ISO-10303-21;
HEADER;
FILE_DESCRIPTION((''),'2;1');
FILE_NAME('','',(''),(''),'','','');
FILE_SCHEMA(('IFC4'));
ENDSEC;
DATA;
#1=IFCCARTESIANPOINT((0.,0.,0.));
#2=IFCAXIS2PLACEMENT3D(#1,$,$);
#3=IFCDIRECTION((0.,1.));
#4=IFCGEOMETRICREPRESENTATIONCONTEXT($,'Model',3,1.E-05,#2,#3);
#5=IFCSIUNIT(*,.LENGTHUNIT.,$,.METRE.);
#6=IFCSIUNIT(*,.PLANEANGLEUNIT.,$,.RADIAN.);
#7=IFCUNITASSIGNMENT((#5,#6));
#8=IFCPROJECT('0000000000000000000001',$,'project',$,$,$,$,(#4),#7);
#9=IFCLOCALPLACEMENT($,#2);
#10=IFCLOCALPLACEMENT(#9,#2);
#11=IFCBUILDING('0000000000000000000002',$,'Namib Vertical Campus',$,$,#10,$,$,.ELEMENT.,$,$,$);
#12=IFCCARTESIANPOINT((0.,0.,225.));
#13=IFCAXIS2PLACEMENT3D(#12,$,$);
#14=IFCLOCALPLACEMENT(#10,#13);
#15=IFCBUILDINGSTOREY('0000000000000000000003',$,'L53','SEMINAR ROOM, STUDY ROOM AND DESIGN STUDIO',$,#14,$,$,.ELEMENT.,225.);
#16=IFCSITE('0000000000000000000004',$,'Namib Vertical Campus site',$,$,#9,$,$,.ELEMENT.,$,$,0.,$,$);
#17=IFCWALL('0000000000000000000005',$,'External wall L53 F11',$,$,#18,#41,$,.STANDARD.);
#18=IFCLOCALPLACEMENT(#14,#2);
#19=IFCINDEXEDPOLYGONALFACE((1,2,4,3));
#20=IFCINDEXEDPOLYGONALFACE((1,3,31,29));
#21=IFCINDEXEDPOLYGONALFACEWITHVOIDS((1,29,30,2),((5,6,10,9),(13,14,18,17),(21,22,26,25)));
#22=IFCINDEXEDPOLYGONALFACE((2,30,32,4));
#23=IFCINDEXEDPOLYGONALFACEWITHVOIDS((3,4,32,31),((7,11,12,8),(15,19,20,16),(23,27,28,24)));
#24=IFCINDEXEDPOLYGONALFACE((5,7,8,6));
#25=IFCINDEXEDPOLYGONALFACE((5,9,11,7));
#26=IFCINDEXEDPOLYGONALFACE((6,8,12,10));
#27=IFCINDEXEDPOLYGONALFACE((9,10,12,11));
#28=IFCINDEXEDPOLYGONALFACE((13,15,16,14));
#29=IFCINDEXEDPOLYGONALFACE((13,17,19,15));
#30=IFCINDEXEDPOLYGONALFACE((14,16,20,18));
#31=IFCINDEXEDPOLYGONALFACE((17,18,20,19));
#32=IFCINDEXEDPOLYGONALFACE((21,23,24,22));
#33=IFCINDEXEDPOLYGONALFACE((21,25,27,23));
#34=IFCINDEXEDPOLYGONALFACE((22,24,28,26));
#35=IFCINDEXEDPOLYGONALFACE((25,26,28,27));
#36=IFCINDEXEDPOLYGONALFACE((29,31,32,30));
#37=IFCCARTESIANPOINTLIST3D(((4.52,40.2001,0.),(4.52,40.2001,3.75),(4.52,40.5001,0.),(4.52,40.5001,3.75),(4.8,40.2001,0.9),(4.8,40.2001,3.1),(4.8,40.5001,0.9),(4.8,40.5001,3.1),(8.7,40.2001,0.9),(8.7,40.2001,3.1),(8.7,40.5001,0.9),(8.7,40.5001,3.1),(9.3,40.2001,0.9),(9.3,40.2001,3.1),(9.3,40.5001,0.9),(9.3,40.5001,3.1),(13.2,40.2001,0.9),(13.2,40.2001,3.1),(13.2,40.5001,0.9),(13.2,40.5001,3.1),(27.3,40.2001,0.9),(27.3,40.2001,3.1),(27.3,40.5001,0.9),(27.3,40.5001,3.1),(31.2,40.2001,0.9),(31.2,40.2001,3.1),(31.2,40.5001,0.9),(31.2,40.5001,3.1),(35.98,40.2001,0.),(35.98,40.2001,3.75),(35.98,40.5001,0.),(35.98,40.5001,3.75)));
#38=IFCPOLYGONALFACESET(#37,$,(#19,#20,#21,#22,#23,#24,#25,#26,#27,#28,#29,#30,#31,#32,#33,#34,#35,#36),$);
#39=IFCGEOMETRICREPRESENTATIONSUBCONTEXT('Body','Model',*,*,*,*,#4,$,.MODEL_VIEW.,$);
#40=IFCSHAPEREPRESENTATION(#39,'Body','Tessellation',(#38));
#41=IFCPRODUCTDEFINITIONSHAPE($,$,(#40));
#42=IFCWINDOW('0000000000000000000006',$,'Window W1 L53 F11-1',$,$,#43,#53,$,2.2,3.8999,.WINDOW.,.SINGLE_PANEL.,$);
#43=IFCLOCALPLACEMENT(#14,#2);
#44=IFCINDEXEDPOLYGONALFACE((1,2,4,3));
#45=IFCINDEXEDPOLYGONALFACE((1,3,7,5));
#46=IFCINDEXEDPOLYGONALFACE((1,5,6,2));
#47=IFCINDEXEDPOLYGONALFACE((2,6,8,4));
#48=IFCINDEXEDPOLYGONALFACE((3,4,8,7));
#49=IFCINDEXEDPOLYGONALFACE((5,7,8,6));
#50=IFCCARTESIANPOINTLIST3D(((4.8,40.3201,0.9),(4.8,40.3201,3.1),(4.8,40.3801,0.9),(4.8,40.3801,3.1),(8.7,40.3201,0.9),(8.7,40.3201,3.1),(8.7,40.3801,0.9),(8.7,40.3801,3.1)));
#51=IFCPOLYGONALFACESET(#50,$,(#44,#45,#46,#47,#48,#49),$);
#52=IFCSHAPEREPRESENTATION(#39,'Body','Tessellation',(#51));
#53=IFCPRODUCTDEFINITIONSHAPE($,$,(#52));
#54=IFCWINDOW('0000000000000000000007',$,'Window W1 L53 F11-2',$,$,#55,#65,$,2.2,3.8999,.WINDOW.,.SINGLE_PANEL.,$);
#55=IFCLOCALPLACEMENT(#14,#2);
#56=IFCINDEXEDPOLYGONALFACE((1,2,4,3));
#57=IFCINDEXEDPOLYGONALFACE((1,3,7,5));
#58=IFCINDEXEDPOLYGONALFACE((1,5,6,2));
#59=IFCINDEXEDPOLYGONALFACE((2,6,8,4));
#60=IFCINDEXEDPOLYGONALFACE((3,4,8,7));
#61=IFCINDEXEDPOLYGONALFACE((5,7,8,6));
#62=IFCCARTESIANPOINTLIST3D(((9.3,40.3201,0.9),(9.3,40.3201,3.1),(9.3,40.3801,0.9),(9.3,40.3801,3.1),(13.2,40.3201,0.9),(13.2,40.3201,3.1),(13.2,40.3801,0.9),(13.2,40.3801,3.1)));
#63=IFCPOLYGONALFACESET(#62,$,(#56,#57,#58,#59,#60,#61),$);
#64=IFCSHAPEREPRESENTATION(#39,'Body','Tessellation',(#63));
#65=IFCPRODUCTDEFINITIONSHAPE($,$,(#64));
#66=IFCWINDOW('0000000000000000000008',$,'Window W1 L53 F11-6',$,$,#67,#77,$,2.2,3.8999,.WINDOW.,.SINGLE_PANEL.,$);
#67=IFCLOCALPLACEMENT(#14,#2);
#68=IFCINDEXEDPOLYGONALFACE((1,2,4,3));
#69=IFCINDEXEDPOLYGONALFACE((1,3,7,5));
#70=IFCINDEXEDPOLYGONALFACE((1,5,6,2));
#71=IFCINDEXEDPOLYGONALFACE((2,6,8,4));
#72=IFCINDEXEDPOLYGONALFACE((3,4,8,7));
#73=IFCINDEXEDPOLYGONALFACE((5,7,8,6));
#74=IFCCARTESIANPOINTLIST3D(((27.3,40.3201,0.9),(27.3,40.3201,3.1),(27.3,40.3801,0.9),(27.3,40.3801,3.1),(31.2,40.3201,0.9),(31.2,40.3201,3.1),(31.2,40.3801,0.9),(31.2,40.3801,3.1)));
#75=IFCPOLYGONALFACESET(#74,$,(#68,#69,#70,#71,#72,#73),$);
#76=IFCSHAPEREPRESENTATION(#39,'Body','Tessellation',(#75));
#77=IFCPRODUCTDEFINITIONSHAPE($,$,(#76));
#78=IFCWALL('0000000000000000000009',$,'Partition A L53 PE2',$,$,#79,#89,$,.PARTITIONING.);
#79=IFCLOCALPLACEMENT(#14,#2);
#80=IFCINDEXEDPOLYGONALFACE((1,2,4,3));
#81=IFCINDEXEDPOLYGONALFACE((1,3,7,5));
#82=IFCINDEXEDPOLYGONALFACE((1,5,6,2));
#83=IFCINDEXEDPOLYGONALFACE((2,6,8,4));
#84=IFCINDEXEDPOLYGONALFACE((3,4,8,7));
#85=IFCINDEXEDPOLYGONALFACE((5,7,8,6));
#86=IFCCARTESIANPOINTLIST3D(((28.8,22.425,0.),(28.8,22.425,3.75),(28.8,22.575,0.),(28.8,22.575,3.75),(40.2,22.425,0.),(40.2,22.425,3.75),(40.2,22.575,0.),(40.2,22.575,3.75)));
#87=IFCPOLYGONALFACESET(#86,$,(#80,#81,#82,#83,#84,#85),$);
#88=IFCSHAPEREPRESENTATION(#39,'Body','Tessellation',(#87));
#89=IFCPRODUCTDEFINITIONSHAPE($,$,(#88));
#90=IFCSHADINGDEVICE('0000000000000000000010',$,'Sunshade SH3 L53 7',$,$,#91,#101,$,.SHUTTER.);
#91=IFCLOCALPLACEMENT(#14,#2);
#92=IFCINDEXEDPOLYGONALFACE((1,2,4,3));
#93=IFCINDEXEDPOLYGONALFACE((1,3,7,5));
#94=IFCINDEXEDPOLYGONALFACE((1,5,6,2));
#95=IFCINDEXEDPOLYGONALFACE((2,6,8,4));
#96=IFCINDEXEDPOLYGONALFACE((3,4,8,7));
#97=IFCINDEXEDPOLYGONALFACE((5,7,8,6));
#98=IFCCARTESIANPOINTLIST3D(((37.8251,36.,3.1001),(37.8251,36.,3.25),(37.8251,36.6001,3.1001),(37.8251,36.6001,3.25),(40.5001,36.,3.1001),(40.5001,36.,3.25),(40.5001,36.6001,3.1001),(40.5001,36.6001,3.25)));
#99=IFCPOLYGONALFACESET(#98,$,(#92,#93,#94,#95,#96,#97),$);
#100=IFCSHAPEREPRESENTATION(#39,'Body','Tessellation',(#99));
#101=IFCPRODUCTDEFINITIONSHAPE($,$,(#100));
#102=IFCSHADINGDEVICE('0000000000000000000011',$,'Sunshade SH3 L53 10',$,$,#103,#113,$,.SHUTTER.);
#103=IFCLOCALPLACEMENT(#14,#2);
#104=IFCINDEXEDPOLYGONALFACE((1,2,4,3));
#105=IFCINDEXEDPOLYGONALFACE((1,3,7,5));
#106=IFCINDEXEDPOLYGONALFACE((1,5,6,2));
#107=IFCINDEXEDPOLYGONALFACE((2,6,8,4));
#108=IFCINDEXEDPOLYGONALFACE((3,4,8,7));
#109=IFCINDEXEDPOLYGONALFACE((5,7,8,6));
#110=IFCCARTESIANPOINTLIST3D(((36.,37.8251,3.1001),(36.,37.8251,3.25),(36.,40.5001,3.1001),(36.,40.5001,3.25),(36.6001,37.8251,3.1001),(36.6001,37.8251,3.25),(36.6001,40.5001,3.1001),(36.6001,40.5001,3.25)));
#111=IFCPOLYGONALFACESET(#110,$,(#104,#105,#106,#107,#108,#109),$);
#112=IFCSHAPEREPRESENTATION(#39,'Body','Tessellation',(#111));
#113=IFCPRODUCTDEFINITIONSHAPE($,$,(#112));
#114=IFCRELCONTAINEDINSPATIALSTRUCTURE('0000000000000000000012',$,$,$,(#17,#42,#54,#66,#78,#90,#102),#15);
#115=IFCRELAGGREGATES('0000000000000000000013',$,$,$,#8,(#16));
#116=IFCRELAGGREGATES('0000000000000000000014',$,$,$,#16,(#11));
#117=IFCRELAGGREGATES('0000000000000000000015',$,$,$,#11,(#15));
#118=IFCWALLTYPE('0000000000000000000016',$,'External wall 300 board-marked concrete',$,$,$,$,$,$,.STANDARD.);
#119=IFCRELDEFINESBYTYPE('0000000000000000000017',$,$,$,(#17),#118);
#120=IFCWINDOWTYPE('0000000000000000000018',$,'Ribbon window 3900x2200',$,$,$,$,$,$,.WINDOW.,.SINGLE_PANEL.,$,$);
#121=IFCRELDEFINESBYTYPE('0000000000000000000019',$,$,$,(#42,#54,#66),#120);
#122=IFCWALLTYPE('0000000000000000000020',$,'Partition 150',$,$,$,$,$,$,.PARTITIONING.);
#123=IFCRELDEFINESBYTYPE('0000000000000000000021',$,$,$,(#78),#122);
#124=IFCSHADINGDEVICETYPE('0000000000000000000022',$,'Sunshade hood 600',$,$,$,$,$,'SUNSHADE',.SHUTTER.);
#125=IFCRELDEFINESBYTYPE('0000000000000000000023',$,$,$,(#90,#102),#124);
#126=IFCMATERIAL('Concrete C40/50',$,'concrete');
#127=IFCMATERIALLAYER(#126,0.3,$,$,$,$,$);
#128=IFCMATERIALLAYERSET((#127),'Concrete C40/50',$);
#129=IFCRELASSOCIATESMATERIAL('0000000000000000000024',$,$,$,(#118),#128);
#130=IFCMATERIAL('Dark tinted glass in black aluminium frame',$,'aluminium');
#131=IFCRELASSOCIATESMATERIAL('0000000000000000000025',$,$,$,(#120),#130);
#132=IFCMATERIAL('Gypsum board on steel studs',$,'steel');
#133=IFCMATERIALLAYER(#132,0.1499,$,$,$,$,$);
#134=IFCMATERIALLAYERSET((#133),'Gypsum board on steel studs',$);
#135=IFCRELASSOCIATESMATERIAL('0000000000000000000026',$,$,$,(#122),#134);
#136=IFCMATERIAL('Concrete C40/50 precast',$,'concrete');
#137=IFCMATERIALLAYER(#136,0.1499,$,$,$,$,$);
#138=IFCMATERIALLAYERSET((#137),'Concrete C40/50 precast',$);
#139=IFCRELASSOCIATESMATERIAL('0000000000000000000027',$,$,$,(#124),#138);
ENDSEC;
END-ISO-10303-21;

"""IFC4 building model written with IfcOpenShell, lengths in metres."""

from ifc_helpers import new_model, si_unit, direction, frame, frame_2d, origin, origin_2d, place, context, subcontext, project, spatial, rectangle, extrude, material, layer, layer_set, type_object, element, fill, save


model = new_model("IFC4")

# Units and contexts
model_context = context("Model", 3, precision=1e-05, world=origin(), true_north=direction((0.0, 1.0)))
body_context = subcontext(model_context, "Body", "Model", "MODEL_VIEW")
ifc_project = project(units=[si_unit("LENGTHUNIT", "METRE"), si_unit("PLANEANGLEUNIT", "RADIAN")], contexts=[model_context])

# Site, building, storey
site_placement = place(None, origin())
site = spatial("IfcSite", under=ifc_project, at=site_placement, Name="Namib Vertical Campus site", CompositionType="ELEMENT", RefElevation=0.0)
building_placement = place(site_placement, origin())
building = spatial("IfcBuilding", under=site, at=building_placement, Name="Namib Vertical Campus", CompositionType="ELEMENT")
storey_placement = place(building_placement, frame((0.0, 0.0, 225.0)))
storey = spatial("IfcBuildingStorey", under=building, at=storey_placement, Name="L53", Description="SEMINAR ROOM, STUDY ROOM AND DESIGN STUDIO", CompositionType="ELEMENT", Elevation=225.0)

# Shared definitions
ifc_material_1 = material(Name="Concrete C40/50", Category="concrete")
ifc_layer_1 = layer(ifc_material_1, 0.3)
ifc_layer_set_1 = layer_set([ifc_layer_1], Name="Concrete C40/50")
wall_type_1 = type_object("IfcWallType", Name="External wall 300 board-marked concrete", PredefinedType="STANDARD", material=ifc_layer_set_1)

# Wall, openings, windows
wall_1_placement = place(storey_placement, frame((35.98, 40.3501, 0.0), z_axis=(0.0, 0.0, 1.0), x_axis=(-1.0, 0.0, 0.0)))
wall_1 = element("IfcWall", 1, at=wall_1_placement, inside=storey, type_object=wall_type_1, Name="External wall L53 F11", PredefinedType="STANDARD", context=body_context, shape_type="SweptSolid", body=[
    extrude(rectangle(XDim=31.46, YDim=0.3, at=frame_2d((15.73, 0.0))), origin(), (0.0, 0.0, 1.0), 3.75),
])
opening_1_placement = place(wall_1_placement, frame((27.28, 0.0, 0.8999)))
opening_1 = element("IfcOpeningElement", 2, at=opening_1_placement, cuts=wall_1, PredefinedType="OPENING", context=body_context, shape_type="SweptSolid", body=[
    extrude(rectangle(XDim=3.8999, YDim=2.2, at=frame_2d((1.95, 1.1001))), frame((0.0, 0.1599, 0.0), z_axis=(0.0, -1.0, 0.0), x_axis=(1.0, 0.0, 0.0)), (0.0, 0.0, 1.0), 0.3201),
])
opening_2_placement = place(wall_1_placement, frame((22.78, 0.0, 0.8999)))
opening_2 = element("IfcOpeningElement", 3, at=opening_2_placement, cuts=wall_1, PredefinedType="OPENING", context=body_context, shape_type="SweptSolid", body=[
    extrude(rectangle(XDim=3.8999, YDim=2.2, at=frame_2d((1.95, 1.1001))), frame((0.0, 0.1599, 0.0), z_axis=(0.0, -1.0, 0.0), x_axis=(1.0, 0.0, 0.0)), (0.0, 0.0, 1.0), 0.3201),
])
opening_3_placement = place(wall_1_placement, frame((4.78, 0.0, 0.8999)))
opening_3 = element("IfcOpeningElement", 4, at=opening_3_placement, cuts=wall_1, PredefinedType="OPENING", context=body_context, shape_type="SweptSolid", body=[
    extrude(rectangle(XDim=3.8999, YDim=2.2, at=frame_2d((1.95, 1.1001))), frame((0.0, 0.1599, 0.0), z_axis=(0.0, -1.0, 0.0), x_axis=(1.0, 0.0, 0.0)), (0.0, 0.0, 1.0), 0.3201),
])
ifc_material_2 = material(Name="Dark tinted glass in black aluminium frame", Category="aluminium")
window_type = type_object("IfcWindowType", Name="Ribbon window 3900x2200", PartitioningType="SINGLE_PANEL", PredefinedType="WINDOW", material=ifc_material_2)
window_1_placement = place(opening_1_placement, origin())
window_1 = element("IfcWindow", 5, at=window_1_placement, inside=storey, type_object=window_type, Name="Window W1 L53 F11-1", OverallHeight=2.2, OverallWidth=3.8999, PartitioningType="SINGLE_PANEL", PredefinedType="WINDOW", context=body_context, shape_type="SweptSolid", body=[
    extrude(rectangle(XDim=3.8999, YDim=2.2, at=frame_2d((1.95, 1.1001))), frame((0.0, 0.03, 0.0), z_axis=(0.0, -1.0, 0.0), x_axis=(1.0, 0.0, 0.0)), (0.0, 0.0, 1.0), 0.0601),
])
fill(opening_1, window_1)
window_2_placement = place(opening_2_placement, origin())
window_2 = element("IfcWindow", 6, at=window_2_placement, inside=storey, type_object=window_type, Name="Window W1 L53 F11-2", OverallHeight=2.2, OverallWidth=3.8999, PartitioningType="SINGLE_PANEL", PredefinedType="WINDOW", context=body_context, shape_type="SweptSolid", body=[
    extrude(rectangle(XDim=3.8999, YDim=2.2, at=frame_2d((1.95, 1.1001))), frame((0.0, 0.03, 0.0), z_axis=(0.0, -1.0, 0.0), x_axis=(1.0, 0.0, 0.0)), (0.0, 0.0, 1.0), 0.0601),
])
fill(opening_2, window_2)
window_3_placement = place(opening_3_placement, origin())
window_3 = element("IfcWindow", 7, at=window_3_placement, inside=storey, type_object=window_type, Name="Window W1 L53 F11-6", OverallHeight=2.2, OverallWidth=3.8999, PartitioningType="SINGLE_PANEL", PredefinedType="WINDOW", context=body_context, shape_type="SweptSolid", body=[
    extrude(rectangle(XDim=3.8999, YDim=2.2, at=frame_2d((1.95, 1.1001))), frame((0.0, 0.03, 0.0), z_axis=(0.0, -1.0, 0.0), x_axis=(1.0, 0.0, 0.0)), (0.0, 0.0, 1.0), 0.0601),
])
fill(opening_3, window_3)

# Wall
ifc_material_3 = material(Name="Gypsum board on steel studs", Category="steel")
ifc_layer_2 = layer(ifc_material_3, 0.1499)
ifc_layer_set_2 = layer_set([ifc_layer_2], Name="Gypsum board on steel studs")
wall_type_2 = type_object("IfcWallType", Name="Partition 150", PredefinedType="PARTITIONING", material=ifc_layer_set_2)
wall_2_placement = place(storey_placement, frame((28.8, 22.5, 0.0), z_axis=(0.0, 0.0, 1.0), x_axis=(1.0, 0.0, 0.0)))
element("IfcWall", 8, at=wall_2_placement, inside=storey, type_object=wall_type_2, Name="Partition A L53 PE2", PredefinedType="PARTITIONING", context=body_context, shape_type="SweptSolid", body=[
    extrude(rectangle(XDim=11.3999, YDim=0.1499, at=frame_2d((5.7, 0.0))), origin(), (0.0, 0.0, 1.0), 3.75),
])

# Shading devices
ifc_material_4 = material(Name="Concrete C40/50 precast", Category="concrete")
ifc_layer_3 = layer(ifc_material_4, 0.1499)
ifc_layer_set_3 = layer_set([ifc_layer_3], Name="Concrete C40/50 precast")
shading_device_type = type_object("IfcShadingDeviceType", Name="Sunshade hood 600", ElementType="SUNSHADE", PredefinedType="SHUTTER", material=ifc_layer_set_3)
for number, where, z_axis, x_axis, name in (
    (9, (39.1626, 36.3, 3.1001), (0.0, 0.0, 1.0), (-1.0, 0.0, 0.0), "Sunshade SH3 L53 7"),
    (10, (36.3, 39.1626, 3.1001), (0.0, 0.0, 1.0), (0.0, 1.0, 0.0), "Sunshade SH3 L53 10"),
):
    element("IfcShadingDevice", number, at=place(storey_placement, frame(where, z_axis=z_axis, x_axis=x_axis)), inside=storey, type_object=shading_device_type, Name=name, PredefinedType="SHUTTER", context=body_context, shape_type="SweptSolid", body=[
        extrude(rectangle(XDim=2.675, YDim=0.6001, at=origin_2d()), origin(), (0.0, 0.0, 1.0), 0.1499),
    ])

save(model, "model.ifc")
